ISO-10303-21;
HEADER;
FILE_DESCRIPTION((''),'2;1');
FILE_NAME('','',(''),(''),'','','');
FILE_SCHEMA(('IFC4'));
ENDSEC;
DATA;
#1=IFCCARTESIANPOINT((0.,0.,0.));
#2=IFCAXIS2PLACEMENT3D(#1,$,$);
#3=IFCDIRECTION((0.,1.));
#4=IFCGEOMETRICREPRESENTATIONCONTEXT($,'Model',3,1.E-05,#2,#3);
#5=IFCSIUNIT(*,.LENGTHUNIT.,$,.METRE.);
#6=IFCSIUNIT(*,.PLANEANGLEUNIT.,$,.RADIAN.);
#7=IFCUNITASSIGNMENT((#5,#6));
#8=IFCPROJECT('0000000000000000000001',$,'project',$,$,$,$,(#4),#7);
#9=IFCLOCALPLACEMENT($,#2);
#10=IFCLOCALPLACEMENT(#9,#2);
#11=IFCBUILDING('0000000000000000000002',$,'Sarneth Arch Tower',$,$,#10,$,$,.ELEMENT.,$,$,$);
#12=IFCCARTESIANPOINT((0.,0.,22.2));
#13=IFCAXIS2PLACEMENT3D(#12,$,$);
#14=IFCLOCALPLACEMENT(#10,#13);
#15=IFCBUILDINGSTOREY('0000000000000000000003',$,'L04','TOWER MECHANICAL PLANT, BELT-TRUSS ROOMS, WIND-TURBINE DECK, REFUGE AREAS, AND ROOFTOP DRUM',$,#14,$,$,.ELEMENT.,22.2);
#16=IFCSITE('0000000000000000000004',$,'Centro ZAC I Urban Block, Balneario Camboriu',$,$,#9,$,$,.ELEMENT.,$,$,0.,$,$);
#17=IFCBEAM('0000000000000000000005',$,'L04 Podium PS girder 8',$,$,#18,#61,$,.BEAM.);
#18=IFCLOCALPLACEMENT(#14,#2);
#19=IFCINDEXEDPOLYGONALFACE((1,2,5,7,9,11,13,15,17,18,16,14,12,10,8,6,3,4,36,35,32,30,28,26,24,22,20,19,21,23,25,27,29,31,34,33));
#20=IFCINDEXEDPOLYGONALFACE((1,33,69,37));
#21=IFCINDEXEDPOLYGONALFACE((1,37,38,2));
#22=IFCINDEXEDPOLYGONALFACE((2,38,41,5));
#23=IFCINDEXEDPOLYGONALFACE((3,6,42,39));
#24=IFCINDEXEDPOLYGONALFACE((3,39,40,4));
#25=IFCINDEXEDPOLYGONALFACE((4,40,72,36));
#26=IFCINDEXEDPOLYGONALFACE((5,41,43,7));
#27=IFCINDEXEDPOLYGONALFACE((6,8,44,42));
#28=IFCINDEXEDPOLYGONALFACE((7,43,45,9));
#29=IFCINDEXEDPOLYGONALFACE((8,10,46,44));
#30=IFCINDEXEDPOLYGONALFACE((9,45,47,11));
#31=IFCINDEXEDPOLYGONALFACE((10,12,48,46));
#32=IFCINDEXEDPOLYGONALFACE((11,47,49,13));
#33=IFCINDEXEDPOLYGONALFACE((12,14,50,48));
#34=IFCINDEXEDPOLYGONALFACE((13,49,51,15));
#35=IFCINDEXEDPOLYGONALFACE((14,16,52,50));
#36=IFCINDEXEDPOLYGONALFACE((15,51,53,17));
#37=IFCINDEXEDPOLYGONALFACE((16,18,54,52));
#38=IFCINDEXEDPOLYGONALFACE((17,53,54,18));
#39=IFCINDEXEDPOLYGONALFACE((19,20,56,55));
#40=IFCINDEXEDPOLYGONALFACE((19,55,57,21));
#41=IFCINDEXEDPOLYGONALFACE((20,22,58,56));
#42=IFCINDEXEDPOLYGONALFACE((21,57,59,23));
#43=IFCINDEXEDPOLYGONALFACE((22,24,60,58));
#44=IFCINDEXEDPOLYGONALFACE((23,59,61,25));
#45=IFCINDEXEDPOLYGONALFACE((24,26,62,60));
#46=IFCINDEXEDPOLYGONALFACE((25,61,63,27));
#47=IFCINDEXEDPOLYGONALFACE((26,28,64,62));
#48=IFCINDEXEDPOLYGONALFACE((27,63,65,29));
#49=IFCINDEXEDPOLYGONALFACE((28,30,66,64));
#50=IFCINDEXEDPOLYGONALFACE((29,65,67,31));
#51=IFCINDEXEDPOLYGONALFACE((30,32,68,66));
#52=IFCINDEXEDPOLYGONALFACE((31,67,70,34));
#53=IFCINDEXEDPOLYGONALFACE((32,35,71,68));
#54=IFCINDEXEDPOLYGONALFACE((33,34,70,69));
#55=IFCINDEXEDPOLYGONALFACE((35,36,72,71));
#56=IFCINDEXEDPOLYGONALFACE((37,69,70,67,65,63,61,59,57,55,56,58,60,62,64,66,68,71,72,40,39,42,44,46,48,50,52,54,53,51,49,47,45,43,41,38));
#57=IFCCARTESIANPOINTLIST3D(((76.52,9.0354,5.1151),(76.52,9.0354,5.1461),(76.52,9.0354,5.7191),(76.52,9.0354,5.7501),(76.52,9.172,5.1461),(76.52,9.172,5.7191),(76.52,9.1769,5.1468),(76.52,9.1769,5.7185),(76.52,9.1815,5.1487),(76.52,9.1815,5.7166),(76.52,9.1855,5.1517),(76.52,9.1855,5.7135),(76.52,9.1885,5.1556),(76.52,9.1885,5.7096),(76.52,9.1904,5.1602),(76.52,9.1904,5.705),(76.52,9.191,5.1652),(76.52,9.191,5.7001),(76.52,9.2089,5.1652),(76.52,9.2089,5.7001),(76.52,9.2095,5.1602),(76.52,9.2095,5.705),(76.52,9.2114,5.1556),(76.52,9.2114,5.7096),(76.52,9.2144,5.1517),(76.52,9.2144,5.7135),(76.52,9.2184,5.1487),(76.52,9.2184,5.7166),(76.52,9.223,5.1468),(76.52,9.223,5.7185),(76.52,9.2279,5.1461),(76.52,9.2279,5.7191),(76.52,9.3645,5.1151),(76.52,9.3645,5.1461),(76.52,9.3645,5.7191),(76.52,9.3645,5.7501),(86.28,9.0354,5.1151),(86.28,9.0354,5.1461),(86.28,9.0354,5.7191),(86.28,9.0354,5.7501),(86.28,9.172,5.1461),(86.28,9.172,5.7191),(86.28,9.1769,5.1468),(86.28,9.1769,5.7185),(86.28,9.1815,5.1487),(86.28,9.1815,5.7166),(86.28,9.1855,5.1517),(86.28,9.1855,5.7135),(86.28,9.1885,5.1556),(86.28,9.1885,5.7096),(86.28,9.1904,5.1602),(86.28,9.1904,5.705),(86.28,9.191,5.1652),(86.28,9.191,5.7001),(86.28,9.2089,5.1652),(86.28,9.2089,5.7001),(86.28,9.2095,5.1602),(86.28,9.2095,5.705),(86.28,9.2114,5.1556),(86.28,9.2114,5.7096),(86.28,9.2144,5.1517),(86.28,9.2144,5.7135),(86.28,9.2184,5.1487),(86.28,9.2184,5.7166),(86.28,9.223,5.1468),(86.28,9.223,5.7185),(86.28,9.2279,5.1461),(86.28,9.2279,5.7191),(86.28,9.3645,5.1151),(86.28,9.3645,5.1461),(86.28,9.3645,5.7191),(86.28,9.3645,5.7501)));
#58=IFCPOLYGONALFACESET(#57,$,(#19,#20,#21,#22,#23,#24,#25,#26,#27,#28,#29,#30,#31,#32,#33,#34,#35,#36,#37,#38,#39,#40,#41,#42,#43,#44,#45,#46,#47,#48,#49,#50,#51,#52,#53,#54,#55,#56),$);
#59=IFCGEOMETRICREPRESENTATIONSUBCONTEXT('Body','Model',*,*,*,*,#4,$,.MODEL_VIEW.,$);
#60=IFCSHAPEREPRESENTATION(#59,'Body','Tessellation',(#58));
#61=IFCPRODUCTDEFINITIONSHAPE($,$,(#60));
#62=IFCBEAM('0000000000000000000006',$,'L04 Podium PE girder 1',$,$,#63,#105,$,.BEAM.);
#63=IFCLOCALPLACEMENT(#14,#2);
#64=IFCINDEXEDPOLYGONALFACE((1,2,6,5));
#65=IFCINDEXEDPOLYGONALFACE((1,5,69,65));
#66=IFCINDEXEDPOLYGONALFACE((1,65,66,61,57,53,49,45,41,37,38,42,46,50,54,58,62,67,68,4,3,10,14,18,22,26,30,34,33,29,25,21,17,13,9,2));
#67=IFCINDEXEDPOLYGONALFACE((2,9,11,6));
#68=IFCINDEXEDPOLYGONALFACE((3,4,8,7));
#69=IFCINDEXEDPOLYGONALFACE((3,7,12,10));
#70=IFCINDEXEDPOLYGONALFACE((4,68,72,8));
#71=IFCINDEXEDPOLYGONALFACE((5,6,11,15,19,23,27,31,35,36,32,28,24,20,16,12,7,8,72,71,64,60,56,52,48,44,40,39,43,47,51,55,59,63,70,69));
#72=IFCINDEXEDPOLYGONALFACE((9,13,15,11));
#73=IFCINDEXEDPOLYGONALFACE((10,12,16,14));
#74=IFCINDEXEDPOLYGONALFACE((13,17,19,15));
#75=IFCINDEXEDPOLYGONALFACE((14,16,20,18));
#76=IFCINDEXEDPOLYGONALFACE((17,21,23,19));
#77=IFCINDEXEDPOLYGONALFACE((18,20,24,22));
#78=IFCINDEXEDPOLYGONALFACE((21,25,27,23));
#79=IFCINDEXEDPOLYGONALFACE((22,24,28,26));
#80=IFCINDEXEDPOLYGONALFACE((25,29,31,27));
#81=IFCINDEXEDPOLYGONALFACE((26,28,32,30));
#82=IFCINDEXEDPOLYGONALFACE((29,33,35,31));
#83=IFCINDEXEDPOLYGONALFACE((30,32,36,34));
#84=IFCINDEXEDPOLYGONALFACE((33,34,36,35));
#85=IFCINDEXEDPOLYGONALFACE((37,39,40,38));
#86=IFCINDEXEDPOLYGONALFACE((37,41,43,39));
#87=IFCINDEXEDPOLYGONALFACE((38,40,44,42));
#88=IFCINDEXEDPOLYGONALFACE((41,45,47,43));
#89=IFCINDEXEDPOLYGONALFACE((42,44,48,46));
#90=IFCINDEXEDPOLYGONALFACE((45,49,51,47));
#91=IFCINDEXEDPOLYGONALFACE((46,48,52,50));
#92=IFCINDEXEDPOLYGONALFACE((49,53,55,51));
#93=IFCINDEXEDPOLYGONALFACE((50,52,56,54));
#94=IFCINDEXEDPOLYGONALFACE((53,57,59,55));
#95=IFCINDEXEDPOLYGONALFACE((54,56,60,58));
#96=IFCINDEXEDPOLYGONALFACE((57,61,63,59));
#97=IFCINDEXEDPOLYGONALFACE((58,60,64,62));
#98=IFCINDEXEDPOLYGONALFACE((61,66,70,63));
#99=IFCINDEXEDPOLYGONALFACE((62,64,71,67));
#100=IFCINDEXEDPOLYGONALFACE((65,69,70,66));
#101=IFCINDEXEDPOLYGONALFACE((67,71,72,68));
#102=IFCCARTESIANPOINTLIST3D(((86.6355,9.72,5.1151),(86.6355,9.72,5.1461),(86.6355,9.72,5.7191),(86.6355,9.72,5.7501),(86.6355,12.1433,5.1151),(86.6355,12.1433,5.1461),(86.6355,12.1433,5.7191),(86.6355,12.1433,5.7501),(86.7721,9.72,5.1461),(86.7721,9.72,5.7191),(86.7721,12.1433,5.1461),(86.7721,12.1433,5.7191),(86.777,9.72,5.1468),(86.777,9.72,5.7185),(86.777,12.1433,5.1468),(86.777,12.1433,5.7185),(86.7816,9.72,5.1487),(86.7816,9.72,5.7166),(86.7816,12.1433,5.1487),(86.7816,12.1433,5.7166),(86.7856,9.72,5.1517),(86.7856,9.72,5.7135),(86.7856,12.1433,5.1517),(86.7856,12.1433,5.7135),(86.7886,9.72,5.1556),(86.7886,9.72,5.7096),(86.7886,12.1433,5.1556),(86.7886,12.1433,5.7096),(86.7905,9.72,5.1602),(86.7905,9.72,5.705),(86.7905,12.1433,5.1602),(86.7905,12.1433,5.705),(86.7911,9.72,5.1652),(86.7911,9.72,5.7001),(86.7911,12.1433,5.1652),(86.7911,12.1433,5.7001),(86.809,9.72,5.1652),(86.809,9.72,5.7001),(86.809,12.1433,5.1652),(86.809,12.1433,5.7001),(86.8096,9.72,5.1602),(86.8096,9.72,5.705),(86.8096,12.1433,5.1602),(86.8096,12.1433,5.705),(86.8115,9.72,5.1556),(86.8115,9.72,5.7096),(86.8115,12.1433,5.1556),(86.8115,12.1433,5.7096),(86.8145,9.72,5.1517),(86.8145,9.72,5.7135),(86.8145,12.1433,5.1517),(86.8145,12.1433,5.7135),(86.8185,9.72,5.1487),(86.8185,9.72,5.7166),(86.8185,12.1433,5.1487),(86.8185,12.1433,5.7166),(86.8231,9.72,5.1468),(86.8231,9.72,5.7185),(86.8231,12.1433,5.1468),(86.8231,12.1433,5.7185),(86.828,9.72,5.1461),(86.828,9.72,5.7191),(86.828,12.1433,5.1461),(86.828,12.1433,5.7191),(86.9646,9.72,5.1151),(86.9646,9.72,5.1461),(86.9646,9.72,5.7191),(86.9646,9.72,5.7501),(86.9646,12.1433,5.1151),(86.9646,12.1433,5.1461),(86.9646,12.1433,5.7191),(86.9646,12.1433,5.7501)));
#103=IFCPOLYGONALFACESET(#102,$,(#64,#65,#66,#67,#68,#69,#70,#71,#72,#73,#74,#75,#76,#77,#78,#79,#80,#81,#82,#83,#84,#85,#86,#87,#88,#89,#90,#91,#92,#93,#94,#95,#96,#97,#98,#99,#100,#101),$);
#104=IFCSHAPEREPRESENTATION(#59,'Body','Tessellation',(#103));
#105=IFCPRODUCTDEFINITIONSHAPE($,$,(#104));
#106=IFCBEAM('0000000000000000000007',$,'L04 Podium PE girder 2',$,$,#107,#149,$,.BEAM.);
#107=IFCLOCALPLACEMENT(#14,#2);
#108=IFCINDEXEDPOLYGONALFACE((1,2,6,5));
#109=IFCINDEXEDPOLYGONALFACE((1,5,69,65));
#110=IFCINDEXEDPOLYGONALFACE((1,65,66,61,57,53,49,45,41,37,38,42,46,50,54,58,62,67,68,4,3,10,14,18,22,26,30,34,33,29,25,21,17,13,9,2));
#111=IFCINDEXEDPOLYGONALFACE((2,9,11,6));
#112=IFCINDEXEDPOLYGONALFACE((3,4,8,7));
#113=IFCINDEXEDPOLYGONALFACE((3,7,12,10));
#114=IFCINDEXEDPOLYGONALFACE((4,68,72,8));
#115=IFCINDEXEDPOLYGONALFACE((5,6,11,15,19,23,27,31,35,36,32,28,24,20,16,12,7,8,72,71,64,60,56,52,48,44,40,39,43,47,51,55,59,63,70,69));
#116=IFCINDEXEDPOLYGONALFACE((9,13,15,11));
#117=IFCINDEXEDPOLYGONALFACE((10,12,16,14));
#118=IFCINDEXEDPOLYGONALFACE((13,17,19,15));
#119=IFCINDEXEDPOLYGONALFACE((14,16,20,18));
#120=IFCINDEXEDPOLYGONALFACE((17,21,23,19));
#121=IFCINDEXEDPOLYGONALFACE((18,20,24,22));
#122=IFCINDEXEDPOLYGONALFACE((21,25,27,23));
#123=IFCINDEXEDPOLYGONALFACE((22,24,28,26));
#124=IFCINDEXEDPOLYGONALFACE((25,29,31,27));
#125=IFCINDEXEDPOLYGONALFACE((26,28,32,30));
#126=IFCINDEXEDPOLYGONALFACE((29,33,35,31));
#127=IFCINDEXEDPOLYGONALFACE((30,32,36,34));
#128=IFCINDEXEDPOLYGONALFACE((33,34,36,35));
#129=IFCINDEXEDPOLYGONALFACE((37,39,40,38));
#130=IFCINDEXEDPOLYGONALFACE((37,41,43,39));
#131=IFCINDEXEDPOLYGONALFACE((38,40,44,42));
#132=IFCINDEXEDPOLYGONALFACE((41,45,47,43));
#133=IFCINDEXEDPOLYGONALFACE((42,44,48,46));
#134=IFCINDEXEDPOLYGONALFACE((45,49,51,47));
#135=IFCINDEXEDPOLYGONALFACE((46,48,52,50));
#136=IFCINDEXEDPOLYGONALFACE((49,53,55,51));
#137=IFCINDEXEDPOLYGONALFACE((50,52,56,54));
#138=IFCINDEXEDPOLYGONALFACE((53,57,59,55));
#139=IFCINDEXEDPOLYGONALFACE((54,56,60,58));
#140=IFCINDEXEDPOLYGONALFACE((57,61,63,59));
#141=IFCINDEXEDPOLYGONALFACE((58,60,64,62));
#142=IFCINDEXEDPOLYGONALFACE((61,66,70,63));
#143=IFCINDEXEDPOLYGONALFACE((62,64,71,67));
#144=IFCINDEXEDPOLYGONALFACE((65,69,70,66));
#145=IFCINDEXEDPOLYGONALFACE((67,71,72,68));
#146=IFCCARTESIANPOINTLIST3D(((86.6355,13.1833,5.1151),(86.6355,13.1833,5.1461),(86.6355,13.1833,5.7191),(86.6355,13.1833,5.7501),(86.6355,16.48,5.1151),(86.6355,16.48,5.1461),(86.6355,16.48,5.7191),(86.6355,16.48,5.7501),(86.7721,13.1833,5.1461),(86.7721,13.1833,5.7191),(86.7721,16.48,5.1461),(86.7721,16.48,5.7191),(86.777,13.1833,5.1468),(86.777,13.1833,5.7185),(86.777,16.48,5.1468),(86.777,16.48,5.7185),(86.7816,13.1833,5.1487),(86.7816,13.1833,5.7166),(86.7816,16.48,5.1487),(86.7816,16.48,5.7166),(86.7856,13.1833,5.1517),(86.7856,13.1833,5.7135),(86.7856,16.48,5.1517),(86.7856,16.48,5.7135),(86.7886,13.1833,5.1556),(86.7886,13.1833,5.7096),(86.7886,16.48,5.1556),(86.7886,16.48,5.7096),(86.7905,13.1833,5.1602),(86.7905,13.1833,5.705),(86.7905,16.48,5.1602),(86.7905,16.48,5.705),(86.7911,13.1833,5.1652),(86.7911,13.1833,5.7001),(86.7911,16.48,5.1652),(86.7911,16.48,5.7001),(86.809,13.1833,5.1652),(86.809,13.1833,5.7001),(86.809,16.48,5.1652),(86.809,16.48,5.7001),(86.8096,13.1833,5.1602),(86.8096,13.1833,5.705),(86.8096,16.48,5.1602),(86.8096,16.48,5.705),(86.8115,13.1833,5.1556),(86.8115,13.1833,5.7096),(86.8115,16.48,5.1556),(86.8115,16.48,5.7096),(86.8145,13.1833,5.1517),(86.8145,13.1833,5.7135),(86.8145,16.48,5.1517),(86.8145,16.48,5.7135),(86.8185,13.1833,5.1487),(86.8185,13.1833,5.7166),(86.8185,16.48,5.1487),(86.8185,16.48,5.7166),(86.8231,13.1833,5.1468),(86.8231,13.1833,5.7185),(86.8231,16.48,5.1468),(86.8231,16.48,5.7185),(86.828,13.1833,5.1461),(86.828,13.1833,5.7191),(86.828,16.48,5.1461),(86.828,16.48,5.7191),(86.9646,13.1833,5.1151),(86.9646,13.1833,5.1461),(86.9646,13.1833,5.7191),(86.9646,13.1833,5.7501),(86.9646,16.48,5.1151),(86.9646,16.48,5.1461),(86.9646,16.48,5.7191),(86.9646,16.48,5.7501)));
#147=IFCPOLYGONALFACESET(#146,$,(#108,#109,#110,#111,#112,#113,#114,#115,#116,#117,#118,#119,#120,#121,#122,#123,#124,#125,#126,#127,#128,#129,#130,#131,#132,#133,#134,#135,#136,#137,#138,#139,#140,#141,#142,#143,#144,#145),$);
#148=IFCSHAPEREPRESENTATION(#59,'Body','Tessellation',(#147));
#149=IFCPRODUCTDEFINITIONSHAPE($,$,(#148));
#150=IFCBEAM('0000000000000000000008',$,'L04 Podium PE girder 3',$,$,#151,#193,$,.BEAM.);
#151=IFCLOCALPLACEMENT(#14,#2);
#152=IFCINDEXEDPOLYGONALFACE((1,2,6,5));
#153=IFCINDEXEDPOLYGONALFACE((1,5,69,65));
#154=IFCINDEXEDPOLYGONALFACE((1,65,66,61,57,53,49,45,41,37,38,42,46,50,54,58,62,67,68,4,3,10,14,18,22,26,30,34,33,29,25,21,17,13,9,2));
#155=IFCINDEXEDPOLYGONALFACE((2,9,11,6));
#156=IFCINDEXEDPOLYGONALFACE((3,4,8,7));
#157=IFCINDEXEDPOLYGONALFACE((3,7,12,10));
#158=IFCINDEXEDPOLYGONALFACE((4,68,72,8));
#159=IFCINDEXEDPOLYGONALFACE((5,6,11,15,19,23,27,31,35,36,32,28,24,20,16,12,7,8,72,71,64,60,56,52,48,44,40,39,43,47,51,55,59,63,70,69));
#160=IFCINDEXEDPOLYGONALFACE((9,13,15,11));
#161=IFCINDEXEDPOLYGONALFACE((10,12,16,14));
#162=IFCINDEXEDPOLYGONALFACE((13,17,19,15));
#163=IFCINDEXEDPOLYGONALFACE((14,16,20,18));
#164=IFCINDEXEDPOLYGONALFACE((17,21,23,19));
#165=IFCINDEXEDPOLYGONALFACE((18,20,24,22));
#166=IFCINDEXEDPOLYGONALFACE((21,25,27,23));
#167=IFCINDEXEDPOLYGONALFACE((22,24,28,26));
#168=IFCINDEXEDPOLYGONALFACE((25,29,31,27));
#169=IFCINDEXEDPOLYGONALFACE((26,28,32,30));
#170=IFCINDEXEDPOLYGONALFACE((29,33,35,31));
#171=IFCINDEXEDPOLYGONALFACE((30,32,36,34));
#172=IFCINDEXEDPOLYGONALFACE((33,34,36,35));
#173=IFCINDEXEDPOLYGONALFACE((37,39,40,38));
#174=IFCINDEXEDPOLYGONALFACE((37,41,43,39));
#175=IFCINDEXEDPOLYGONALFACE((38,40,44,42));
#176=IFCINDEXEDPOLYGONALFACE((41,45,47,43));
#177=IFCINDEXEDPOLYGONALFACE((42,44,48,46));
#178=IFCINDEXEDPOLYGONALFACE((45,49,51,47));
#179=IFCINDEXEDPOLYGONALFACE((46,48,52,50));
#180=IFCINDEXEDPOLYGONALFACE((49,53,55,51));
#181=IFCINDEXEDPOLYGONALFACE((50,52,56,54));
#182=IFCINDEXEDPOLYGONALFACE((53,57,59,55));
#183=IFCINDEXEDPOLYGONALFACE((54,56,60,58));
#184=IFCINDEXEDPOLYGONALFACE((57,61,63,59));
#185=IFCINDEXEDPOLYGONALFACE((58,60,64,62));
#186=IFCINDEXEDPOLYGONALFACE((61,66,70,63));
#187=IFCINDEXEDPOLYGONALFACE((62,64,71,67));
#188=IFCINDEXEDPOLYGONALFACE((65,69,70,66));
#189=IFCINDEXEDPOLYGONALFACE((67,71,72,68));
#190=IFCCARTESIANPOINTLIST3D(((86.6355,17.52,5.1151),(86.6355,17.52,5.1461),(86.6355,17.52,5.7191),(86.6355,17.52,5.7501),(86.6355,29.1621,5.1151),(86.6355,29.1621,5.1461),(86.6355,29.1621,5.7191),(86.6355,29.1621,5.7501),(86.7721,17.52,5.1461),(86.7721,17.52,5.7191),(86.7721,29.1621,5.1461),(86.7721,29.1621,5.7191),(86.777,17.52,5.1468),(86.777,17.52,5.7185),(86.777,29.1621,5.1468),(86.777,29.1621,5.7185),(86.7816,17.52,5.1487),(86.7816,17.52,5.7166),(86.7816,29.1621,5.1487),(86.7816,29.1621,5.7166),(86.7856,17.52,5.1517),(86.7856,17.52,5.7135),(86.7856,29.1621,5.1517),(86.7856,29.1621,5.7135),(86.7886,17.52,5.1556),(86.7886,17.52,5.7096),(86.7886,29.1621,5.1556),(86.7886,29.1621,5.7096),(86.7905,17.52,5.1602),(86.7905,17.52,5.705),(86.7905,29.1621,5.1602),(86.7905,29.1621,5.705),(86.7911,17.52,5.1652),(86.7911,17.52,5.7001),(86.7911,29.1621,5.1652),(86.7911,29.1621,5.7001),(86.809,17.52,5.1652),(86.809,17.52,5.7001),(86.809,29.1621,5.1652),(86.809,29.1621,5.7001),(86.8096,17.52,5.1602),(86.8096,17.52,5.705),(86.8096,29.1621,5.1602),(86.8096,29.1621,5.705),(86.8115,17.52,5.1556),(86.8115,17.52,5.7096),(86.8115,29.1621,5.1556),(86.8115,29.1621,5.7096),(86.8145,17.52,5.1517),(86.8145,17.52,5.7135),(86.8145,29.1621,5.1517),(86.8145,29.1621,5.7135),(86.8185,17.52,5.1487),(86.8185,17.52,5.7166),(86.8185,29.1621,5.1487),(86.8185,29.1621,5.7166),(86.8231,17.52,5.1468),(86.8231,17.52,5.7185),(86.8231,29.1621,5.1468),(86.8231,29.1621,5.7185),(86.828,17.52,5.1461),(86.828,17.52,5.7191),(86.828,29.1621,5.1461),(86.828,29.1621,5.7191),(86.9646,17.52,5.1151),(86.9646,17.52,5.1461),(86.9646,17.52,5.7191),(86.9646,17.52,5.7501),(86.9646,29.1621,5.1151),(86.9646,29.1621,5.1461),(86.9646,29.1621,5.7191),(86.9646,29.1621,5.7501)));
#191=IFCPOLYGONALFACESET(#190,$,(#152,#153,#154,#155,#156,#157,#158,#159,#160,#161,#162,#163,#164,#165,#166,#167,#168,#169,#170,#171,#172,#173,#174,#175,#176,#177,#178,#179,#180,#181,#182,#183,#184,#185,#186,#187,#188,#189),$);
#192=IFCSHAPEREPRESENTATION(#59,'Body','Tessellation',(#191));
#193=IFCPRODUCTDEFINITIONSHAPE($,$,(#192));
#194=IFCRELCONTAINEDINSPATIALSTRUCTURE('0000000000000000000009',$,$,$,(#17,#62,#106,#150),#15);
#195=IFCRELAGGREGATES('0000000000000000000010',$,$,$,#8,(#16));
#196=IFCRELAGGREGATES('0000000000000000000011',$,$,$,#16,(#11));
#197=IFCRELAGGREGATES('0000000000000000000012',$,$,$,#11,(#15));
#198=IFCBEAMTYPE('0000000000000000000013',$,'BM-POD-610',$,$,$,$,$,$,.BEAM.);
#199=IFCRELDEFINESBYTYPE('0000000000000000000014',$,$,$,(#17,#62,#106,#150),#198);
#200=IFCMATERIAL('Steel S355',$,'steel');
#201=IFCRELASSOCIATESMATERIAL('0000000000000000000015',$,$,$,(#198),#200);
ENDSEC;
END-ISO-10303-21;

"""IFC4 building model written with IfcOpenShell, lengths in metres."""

from ifc_helpers import new_model, si_unit, direction, frame, origin, origin_2d, place, context, subcontext, project, spatial, i_section, extrude, material, material_profile, profile_set, type_object, element, save


model = new_model("IFC4")

# Units and contexts
model_context = context("Model", 3, precision=1e-05, world=origin(), true_north=direction((0.0, 1.0)))
body_context = subcontext(model_context, "Body", "Model", "MODEL_VIEW")
ifc_project = project(units=[si_unit("LENGTHUNIT", "METRE"), si_unit("PLANEANGLEUNIT", "RADIAN")], contexts=[model_context])

# Site, building, storey
site_placement = place(None, origin())
site = spatial("IfcSite", under=ifc_project, at=site_placement, Name="Centro ZAC I Urban Block, Balneario Camboriu", CompositionType="ELEMENT", RefElevation=0.0)
building_placement = place(site_placement, origin())
building = spatial("IfcBuilding", under=site, at=building_placement, Name="Sarneth Arch Tower", CompositionType="ELEMENT")
storey_placement = place(building_placement, frame((0.0, 0.0, 22.2)))
storey = spatial("IfcBuildingStorey", under=building, at=storey_placement, Name="L04", Description="TOWER MECHANICAL PLANT, BELT-TRUSS ROOMS, WIND-TURBINE DECK, REFUGE AREAS, AND ROOFTOP DRUM", CompositionType="ELEMENT", Elevation=22.2)

# Beams
ifc_material_1 = material(Name="Steel S355", Category="steel")
ifc_material_profile_1 = material_profile(ifc_material_1, i_section(OverallWidth=0.3291, OverallDepth=0.635, WebThickness=0.0178, FlangeThickness=0.031, FilletRadius=0.019, at=origin_2d()), Name="W610x241")
ifc_profile_set_1 = profile_set([ifc_material_profile_1], Name="Steel S355")
beam_type_1 = type_object("IfcBeamType", Name="BM-POD-610", PredefinedType="BEAM", material=ifc_profile_set_1)
beam_1_placement = place(storey_placement, frame((76.52, 9.2, 5.4326), z_axis=(1.0, 0.0, 0.0), x_axis=(0.0, 1.0, 0.0)))
element("IfcBeam", 1, at=beam_1_placement, inside=storey, type_object=beam_type_1, Name="L04 Podium PS girder 8", PredefinedType="BEAM", context=body_context, shape_type="SweptSolid", body=[
    extrude(i_section(OverallWidth=0.3291, OverallDepth=0.635, WebThickness=0.0178, FlangeThickness=0.031, FilletRadius=0.019, at=origin_2d()), origin(), (0.0, 0.0, 1.0), 9.76),
])
beam_2_placement = place(storey_placement, frame((86.8, 9.72, 5.4326), z_axis=(0.0, 1.0, 0.0), x_axis=(-1.0, 0.0, 0.0)))
element("IfcBeam", 2, at=beam_2_placement, inside=storey, type_object=beam_type_1, Name="L04 Podium PE girder 1", PredefinedType="BEAM", context=body_context, shape_type="SweptSolid", body=[
    extrude(i_section(OverallWidth=0.3291, OverallDepth=0.635, WebThickness=0.0178, FlangeThickness=0.031, FilletRadius=0.019, at=origin_2d()), origin(), (0.0, 0.0, 1.0), 2.4233),
])
beam_3_placement = place(storey_placement, frame((86.8, 13.1833, 5.4326), z_axis=(0.0, 1.0, 0.0), x_axis=(-1.0, 0.0, 0.0)))
element("IfcBeam", 3, at=beam_3_placement, inside=storey, type_object=beam_type_1, Name="L04 Podium PE girder 2", PredefinedType="BEAM", context=body_context, shape_type="SweptSolid", body=[
    extrude(i_section(OverallWidth=0.3291, OverallDepth=0.635, WebThickness=0.0178, FlangeThickness=0.031, FilletRadius=0.019, at=origin_2d()), origin(), (0.0, 0.0, 1.0), 3.2966),
])
beam_4_placement = place(storey_placement, frame((86.8, 17.52, 5.4326), z_axis=(0.0, 1.0, 0.0), x_axis=(-1.0, 0.0, 0.0)))
element("IfcBeam", 4, at=beam_4_placement, inside=storey, type_object=beam_type_1, Name="L04 Podium PE girder 3", PredefinedType="BEAM", context=body_context, shape_type="SweptSolid", body=[
    extrude(i_section(OverallWidth=0.3291, OverallDepth=0.635, WebThickness=0.0178, FlangeThickness=0.031, FilletRadius=0.019, at=origin_2d()), origin(), (0.0, 0.0, 1.0), 11.6421),
])

save(model, "model.ifc")
